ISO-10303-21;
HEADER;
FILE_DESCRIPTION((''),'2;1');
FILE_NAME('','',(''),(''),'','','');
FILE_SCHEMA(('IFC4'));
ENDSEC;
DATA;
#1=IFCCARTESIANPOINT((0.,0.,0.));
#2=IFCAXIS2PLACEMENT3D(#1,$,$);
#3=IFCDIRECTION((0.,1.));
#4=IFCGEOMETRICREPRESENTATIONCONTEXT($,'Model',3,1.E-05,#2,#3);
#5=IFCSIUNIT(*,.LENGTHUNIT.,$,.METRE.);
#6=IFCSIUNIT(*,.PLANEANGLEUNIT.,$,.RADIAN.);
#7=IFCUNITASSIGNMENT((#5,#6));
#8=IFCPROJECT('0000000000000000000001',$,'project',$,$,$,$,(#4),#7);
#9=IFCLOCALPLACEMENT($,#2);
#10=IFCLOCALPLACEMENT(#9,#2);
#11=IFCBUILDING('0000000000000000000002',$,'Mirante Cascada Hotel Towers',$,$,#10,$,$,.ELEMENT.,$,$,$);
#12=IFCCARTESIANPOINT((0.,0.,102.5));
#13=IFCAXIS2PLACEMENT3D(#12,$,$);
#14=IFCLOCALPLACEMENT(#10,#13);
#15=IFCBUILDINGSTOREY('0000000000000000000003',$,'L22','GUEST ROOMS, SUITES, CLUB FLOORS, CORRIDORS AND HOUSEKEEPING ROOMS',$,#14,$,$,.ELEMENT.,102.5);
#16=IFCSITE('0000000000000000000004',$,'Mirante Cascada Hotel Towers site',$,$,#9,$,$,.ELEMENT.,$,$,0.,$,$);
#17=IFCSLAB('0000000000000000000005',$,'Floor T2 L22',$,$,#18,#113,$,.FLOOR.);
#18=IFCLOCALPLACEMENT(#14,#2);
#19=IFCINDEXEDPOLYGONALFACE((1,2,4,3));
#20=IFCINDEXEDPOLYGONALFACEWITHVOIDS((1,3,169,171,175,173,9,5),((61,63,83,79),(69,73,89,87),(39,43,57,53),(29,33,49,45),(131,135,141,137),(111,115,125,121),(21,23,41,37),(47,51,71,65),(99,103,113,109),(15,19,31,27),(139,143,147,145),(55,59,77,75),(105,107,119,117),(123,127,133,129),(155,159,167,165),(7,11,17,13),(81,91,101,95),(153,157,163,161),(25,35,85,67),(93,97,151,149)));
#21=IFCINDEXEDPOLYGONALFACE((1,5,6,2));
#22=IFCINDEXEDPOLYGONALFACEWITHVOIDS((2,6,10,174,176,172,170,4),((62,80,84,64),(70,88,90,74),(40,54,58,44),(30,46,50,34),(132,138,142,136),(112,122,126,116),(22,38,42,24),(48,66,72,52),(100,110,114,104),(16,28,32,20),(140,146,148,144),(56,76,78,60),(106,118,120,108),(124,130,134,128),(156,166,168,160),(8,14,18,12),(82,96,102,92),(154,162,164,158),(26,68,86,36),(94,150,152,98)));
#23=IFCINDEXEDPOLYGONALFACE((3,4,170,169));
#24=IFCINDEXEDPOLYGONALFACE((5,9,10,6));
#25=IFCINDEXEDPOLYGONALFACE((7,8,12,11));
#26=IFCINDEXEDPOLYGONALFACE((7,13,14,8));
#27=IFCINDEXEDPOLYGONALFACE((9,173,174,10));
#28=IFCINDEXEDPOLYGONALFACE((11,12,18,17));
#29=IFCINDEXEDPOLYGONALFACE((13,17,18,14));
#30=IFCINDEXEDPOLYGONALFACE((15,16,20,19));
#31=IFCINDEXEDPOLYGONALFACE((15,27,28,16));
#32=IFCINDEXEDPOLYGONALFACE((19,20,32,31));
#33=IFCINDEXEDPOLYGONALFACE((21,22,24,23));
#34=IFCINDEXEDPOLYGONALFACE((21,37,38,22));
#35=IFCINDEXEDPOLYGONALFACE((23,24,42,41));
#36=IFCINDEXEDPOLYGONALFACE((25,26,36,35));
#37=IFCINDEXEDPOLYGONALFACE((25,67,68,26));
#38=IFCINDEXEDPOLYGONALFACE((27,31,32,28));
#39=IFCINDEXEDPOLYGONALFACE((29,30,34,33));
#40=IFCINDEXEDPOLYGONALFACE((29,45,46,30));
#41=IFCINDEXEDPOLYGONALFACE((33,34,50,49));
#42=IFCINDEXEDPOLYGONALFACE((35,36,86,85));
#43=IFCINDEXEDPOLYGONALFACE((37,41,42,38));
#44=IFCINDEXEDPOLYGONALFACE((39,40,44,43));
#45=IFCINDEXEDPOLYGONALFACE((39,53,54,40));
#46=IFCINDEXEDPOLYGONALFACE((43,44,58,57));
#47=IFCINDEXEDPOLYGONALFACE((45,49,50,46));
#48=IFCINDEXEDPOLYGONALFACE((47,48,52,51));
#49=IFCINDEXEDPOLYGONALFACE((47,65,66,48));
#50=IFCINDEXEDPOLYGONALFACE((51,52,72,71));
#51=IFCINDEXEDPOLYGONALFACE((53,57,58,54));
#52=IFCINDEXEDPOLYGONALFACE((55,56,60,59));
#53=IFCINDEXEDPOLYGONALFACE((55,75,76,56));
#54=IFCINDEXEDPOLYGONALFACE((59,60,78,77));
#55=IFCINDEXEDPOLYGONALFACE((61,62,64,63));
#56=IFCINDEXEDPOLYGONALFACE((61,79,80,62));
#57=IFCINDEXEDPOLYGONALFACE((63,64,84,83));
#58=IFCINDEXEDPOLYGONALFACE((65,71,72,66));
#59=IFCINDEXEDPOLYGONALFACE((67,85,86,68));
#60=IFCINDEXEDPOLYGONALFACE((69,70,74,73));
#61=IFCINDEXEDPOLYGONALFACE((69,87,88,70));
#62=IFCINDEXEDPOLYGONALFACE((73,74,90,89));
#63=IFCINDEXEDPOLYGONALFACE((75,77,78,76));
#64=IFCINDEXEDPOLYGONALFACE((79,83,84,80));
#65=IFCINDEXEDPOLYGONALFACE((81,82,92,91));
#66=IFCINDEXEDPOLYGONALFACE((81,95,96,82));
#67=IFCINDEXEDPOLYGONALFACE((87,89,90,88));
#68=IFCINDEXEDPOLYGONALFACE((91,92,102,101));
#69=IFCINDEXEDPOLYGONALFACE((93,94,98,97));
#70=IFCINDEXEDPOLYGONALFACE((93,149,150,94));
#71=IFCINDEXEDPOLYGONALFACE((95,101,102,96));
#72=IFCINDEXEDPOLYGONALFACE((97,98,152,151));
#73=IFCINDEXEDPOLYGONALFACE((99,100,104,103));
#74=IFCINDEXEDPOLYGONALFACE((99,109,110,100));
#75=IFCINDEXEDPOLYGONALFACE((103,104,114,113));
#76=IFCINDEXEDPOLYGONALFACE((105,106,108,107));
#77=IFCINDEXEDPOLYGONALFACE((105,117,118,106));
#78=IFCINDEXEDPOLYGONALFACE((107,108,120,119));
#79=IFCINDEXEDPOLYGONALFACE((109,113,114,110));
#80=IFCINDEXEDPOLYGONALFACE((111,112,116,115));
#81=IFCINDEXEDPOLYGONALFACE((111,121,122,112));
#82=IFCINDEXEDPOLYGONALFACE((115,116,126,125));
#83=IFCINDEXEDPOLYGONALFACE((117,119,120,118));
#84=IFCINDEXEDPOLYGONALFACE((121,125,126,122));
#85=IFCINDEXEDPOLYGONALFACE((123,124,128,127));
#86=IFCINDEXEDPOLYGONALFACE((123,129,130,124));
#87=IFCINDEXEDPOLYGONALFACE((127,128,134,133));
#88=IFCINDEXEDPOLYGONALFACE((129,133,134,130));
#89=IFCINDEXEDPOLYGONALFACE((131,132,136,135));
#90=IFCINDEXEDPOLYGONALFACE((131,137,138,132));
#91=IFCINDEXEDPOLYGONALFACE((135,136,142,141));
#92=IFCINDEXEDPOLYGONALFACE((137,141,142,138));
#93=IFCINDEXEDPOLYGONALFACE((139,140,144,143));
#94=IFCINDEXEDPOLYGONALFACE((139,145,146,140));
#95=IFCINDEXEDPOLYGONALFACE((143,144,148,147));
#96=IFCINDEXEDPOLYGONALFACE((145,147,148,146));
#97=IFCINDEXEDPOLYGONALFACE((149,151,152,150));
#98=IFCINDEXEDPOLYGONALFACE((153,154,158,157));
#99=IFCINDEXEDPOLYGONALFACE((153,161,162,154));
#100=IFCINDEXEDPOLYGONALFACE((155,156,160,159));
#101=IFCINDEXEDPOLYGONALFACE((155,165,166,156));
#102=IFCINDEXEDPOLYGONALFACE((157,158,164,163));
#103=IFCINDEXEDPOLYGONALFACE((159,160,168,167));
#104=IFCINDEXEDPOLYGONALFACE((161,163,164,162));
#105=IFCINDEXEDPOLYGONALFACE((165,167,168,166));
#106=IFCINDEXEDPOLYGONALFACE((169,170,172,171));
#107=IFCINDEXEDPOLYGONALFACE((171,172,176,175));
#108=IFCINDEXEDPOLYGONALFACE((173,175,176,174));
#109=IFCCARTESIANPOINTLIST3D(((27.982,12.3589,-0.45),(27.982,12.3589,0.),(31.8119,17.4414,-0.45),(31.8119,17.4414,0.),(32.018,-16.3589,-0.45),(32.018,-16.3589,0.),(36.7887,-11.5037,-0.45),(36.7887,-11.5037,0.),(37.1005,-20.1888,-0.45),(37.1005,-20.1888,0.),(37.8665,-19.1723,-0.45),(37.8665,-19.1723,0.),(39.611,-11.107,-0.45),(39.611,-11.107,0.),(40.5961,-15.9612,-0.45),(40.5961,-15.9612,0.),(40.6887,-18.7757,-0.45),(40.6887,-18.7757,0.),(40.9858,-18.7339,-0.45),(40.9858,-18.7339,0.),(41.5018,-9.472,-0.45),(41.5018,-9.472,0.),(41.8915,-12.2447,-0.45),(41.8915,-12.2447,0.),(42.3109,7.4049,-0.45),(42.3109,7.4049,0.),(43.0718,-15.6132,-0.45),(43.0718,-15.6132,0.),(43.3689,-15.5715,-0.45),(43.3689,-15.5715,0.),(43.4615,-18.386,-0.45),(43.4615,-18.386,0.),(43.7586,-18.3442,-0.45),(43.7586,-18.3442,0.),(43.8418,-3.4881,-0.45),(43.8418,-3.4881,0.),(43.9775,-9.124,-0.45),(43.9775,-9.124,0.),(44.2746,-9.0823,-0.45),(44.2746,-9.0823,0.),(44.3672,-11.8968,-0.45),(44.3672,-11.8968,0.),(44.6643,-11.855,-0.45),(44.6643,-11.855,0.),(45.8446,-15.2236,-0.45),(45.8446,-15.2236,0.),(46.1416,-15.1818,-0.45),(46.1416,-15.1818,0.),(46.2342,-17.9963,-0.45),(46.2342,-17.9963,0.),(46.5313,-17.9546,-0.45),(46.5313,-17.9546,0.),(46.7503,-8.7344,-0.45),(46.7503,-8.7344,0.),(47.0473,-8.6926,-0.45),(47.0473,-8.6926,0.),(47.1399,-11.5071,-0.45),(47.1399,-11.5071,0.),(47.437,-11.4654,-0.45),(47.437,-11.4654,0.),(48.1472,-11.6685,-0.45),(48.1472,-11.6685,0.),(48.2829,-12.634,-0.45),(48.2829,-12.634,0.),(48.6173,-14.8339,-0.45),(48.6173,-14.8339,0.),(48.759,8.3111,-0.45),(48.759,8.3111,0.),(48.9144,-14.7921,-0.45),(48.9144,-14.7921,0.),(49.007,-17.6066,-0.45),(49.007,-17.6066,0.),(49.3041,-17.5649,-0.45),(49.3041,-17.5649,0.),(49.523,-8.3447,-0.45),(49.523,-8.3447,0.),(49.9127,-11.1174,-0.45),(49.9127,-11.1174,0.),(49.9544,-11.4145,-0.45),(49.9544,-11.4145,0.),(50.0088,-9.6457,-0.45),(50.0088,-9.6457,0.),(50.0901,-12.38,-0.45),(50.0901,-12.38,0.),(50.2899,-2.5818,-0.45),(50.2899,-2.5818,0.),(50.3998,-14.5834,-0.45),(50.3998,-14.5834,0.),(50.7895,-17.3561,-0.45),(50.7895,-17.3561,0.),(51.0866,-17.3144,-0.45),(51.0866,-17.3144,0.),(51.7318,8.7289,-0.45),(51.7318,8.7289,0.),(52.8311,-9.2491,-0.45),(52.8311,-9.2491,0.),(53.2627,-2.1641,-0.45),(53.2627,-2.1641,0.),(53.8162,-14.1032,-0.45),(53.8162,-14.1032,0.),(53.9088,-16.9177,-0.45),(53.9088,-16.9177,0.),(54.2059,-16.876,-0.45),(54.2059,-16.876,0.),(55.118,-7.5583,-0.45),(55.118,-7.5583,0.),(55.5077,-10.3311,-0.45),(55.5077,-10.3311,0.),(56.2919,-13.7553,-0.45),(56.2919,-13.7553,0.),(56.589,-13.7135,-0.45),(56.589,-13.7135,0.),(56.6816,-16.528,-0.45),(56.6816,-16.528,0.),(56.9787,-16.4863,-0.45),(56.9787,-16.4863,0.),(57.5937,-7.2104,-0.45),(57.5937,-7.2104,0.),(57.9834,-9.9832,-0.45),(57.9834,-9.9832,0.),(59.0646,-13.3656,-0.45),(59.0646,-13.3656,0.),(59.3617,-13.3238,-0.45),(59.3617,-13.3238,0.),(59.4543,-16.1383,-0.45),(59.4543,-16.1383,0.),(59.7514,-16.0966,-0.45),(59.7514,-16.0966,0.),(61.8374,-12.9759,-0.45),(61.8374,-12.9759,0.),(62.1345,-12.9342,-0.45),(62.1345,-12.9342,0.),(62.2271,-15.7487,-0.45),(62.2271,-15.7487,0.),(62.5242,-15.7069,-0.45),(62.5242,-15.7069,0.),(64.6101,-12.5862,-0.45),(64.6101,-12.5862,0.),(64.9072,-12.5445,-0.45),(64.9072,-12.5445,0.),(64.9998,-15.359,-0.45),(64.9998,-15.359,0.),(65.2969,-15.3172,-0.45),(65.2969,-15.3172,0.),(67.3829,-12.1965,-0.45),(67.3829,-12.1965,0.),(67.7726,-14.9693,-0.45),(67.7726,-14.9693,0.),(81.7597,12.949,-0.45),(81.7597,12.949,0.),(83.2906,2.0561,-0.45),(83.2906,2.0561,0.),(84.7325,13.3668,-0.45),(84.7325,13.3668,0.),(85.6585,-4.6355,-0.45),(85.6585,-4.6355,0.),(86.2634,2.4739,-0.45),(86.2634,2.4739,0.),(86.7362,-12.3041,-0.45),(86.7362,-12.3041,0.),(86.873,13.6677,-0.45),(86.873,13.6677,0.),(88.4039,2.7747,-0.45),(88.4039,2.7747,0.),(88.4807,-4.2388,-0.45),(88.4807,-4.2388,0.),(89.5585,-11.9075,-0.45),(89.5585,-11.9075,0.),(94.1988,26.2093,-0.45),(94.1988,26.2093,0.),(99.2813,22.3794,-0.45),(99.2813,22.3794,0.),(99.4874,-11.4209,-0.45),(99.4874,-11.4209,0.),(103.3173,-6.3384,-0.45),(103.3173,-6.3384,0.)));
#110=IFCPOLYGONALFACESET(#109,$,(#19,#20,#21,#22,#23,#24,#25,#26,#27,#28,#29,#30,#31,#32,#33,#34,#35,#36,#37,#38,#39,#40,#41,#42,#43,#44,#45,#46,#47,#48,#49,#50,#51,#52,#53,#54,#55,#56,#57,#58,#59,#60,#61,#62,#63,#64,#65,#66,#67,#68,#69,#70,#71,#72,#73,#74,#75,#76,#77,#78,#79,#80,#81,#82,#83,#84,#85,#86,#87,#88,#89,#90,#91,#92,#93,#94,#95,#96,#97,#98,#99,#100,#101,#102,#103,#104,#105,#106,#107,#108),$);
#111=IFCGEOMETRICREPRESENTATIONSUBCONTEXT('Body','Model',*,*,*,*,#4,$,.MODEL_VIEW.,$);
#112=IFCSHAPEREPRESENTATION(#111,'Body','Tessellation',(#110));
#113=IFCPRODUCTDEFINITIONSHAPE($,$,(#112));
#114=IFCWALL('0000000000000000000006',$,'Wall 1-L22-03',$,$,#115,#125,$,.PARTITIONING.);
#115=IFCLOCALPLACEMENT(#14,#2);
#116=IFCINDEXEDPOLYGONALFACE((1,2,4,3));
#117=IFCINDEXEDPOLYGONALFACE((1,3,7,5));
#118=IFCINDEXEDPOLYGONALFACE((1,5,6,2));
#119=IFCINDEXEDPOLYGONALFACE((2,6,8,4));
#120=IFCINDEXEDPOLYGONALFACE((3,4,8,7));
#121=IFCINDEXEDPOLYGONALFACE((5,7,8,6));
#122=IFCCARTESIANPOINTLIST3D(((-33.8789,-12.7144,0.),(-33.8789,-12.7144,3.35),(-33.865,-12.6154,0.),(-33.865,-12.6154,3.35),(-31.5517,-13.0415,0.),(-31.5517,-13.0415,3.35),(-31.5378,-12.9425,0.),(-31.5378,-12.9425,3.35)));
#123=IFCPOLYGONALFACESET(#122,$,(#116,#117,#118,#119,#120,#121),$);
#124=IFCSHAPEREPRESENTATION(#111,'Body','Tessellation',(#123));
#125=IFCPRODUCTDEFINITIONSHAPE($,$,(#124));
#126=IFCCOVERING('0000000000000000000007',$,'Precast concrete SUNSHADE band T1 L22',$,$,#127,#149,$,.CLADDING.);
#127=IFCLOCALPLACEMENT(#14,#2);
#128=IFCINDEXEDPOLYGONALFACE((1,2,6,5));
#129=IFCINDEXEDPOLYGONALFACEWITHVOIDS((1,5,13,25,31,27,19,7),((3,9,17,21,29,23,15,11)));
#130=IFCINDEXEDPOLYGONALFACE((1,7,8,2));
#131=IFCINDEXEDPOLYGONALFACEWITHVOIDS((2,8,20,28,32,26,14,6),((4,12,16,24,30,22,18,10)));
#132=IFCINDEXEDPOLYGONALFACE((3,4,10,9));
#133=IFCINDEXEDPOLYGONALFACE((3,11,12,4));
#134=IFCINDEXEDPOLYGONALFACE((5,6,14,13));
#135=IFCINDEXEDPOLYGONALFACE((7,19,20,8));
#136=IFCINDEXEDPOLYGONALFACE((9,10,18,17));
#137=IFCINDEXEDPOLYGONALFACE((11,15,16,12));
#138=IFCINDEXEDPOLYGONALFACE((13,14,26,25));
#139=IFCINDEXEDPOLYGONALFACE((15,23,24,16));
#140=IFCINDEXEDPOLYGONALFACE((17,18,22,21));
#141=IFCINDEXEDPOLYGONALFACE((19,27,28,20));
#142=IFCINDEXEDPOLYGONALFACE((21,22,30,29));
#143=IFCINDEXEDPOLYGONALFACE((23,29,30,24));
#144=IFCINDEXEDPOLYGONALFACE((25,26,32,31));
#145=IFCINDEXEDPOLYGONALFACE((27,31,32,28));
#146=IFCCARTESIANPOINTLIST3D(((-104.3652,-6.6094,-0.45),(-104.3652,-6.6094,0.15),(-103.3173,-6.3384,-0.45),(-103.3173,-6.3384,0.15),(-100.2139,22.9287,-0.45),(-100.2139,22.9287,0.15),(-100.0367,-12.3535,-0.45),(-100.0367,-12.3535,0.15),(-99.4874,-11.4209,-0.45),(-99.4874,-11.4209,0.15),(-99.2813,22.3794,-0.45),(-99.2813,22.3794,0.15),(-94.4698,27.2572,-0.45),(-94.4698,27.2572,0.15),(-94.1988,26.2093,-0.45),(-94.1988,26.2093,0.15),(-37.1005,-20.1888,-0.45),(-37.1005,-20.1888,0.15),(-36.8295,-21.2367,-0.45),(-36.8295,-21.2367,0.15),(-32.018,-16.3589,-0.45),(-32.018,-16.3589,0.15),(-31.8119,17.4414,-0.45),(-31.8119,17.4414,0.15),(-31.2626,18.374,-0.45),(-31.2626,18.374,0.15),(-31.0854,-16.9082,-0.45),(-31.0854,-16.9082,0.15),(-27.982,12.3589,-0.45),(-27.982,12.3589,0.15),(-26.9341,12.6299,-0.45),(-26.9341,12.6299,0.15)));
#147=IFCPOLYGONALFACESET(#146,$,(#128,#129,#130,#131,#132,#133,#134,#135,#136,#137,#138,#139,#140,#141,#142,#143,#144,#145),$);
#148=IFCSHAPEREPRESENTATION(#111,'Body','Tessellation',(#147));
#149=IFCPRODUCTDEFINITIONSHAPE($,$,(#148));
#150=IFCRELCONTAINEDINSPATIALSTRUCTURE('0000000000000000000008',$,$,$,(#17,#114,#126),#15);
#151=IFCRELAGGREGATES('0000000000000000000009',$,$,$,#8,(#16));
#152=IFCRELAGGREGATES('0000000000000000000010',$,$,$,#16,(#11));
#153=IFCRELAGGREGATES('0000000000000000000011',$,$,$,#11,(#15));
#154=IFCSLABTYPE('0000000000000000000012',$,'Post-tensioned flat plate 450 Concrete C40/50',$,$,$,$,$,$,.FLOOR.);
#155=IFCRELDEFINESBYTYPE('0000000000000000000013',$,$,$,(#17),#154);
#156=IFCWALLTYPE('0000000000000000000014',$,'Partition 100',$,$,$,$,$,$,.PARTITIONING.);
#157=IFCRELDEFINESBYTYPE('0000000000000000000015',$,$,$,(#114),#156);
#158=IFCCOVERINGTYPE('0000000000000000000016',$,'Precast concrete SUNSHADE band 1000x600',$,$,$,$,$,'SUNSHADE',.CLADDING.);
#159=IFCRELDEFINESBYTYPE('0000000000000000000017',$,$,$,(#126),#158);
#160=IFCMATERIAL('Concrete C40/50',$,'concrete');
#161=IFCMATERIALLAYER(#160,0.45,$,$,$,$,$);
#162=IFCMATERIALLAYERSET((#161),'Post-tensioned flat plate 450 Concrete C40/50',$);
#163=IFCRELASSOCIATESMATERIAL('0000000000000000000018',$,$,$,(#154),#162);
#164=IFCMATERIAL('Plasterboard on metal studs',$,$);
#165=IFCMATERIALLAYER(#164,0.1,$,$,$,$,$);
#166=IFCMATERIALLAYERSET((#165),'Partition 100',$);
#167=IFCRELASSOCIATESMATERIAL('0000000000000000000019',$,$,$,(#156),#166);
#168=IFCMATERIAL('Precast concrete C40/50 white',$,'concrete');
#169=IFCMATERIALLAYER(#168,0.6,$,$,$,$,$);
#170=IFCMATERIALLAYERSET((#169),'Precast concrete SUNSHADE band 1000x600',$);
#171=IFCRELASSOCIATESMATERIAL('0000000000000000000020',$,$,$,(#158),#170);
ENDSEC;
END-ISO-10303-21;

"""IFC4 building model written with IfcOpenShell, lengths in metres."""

from ifc_helpers import new_model, si_unit, direction, frame, frame_2d, origin, place, context, subcontext, project, spatial, polyline, rectangle, outline, extrude, material, layer, layer_set, type_object, element, save


model = new_model("IFC4")

# Units and contexts
model_context = context("Model", 3, precision=1e-05, world=origin(), true_north=direction((0.0, 1.0)))
body_context = subcontext(model_context, "Body", "Model", "MODEL_VIEW")
ifc_project = project(units=[si_unit("LENGTHUNIT", "METRE"), si_unit("PLANEANGLEUNIT", "RADIAN")], contexts=[model_context])

# Site, building, storey
site_placement = place(None, origin())
site = spatial("IfcSite", under=ifc_project, at=site_placement, Name="Mirante Cascada Hotel Towers site", CompositionType="ELEMENT", RefElevation=0.0)
building_placement = place(site_placement, origin())
building = spatial("IfcBuilding", under=site, at=building_placement, Name="Mirante Cascada Hotel Towers", CompositionType="ELEMENT")
storey_placement = place(building_placement, frame((0.0, 0.0, 102.5)))
storey = spatial("IfcBuildingStorey", under=building, at=storey_placement, Name="L22", Description="GUEST ROOMS, SUITES, CLUB FLOORS, CORRIDORS AND HOUSEKEEPING ROOMS", CompositionType="ELEMENT", Elevation=102.5)

# Slab
ifc_material_1 = material(Name="Concrete C40/50", Category="concrete")
ifc_layer_1 = layer(ifc_material_1, 0.45)
ifc_layer_set_1 = layer_set([ifc_layer_1], Name="Post-tensioned flat plate 450 Concrete C40/50")
slab_type = type_object("IfcSlabType", Name="Post-tensioned flat plate 450 Concrete C40/50", PredefinedType="FLOOR", material=ifc_layer_set_1)
slab_1_placement = place(storey_placement, frame((0.0, 0.0, -0.45)))
element("IfcSlab", 1, at=slab_1_placement, inside=storey, type_object=slab_type, Name="Floor T2 L22", PredefinedType="FLOOR", context=body_context, shape_type="SweptSolid", body=[
    extrude(outline(polyline([(32.018, -16.3589), (27.982, 12.3589), (31.8119, 17.4414), (94.1988, 26.2093), (99.2813, 22.3794), (103.3173, -6.3384), (99.4874, -11.4209), (37.1005, -20.1888), (32.018, -16.3589)]), holes=[polyline([(43.0718, -15.6132), (40.5961, -15.9612), (40.9858, -18.7339), (43.4615, -18.386), (43.0718, -15.6132)]), polyline([(45.8446, -15.2236), (43.3689, -15.5715), (43.7586, -18.3442), (46.2342, -17.9963), (45.8446, -15.2236)]), polyline([(48.6173, -14.8339), (46.1416, -15.1818), (46.5313, -17.9546), (49.007, -17.6066), (48.6173, -14.8339)]), polyline([(50.3998, -14.5834), (48.9144, -14.7921), (49.3041, -17.5649), (50.7895, -17.3561), (50.3998, -14.5834)]), polyline([(37.8665, -19.1723), (40.6887, -18.7757), (39.611, -11.107), (36.7887, -11.5037), (37.8665, -19.1723)]), polyline([(49.9544, -11.4145), (48.1472, -11.6685), (48.2829, -12.634), (50.0901, -12.38), (49.9544, -11.4145)]), polyline([(43.9775, -9.124), (41.5018, -9.472), (41.8915, -12.2447), (44.3672, -11.8968), (43.9775, -9.124)]), polyline([(47.1399, -11.5071), (46.7503, -8.7344), (44.2746, -9.0823), (44.6643, -11.855), (47.1399, -11.5071)]), polyline([(49.9127, -11.1174), (49.523, -8.3447), (47.0473, -8.6926), (47.437, -11.4654), (49.9127, -11.1174)]), polyline([(56.2919, -13.7553), (53.8162, -14.1032), (54.2059, -16.876), (56.6816, -16.528), (56.2919, -13.7553)]), polyline([(59.0646, -13.3656), (56.589, -13.7135), (56.9787, -16.4863), (59.4543, -16.1383), (59.0646, -13.3656)]), polyline([(61.8374, -12.9759), (59.3617, -13.3238), (59.7514, -16.0966), (62.2271, -15.7487), (61.8374, -12.9759)]), polyline([(64.6101, -12.5862), (62.1345, -12.9342), (62.5242, -15.7069), (64.9998, -15.359), (64.6101, -12.5862)]), polyline([(67.3829, -12.1965), (64.9072, -12.5445), (65.2969, -15.3172), (67.7726, -14.9693), (67.3829, -12.1965)]), polyline([(51.0866, -17.3144), (53.9088, -16.9177), (52.8311, -9.2491), (50.0088, -9.6457), (51.0866, -17.3144)]), polyline([(86.7362, -12.3041), (89.5585, -11.9075), (88.4807, -4.2388), (85.6585, -4.6355), (86.7362, -12.3041)]), polyline([(57.9834, -9.9832), (57.5937, -7.2104), (55.118, -7.5583), (55.5077, -10.3311), (57.9834, -9.9832)]), polyline([(86.873, 13.6677), (88.4039, 2.7747), (86.2634, 2.4739), (86.2634, 2.4739), (84.7325, 13.3668), (84.7325, 13.3668), (86.873, 13.6677)]), polyline([(81.7597, 12.949), (81.7597, 12.949), (83.2906, 2.0561), (83.2906, 2.0561), (53.2627, -2.1641), (53.2627, -2.1641), (51.7318, 8.7289), (81.7597, 12.949)]), polyline([(43.8418, -3.4881), (42.3109, 7.4049), (48.759, 8.3111), (50.2899, -2.5818), (50.2899, -2.5818), (43.8418, -3.4881)])]), origin(), (0.0, 0.0, 1.0), 0.45),
])

# Wall
ifc_material_2 = material(Name="Plasterboard on metal studs")
ifc_layer_2 = layer(ifc_material_2, 0.1)
ifc_layer_set_2 = layer_set([ifc_layer_2], Name="Partition 100")
wall_type = type_object("IfcWallType", Name="Partition 100", PredefinedType="PARTITIONING", material=ifc_layer_set_2)
wall_placement = place(storey_placement, frame((-31.5448, -12.992, 0.0), z_axis=(0.0, 0.0, 1.0), x_axis=(-0.990266, 0.139187, 0.0)))
element("IfcWall", 2, at=wall_placement, inside=storey, type_object=wall_type, Name="Wall 1-L22-03", PredefinedType="PARTITIONING", context=body_context, shape_type="SweptSolid", body=[
    extrude(rectangle(XDim=2.3501, YDim=0.1, at=frame_2d((1.175, 0.0))), origin(), (0.0, 0.0, 1.0), 3.35),
])

# Covering
ifc_material_3 = material(Name="Precast concrete C40/50 white", Category="concrete")
ifc_layer_3 = layer(ifc_material_3, 0.6)
ifc_layer_set_3 = layer_set([ifc_layer_3], Name="Precast concrete SUNSHADE band 1000x600")
covering_type = type_object("IfcCoveringType", Name="Precast concrete SUNSHADE band 1000x600", ElementType="SUNSHADE", PredefinedType="CLADDING", material=ifc_layer_set_3)
covering_placement = place(storey_placement, frame((0.0, 0.0, -0.45)))
element("IfcCovering", 3, at=covering_placement, inside=storey, type_object=covering_type, Name="Precast concrete SUNSHADE band T1 L22", PredefinedType="CLADDING", context=body_context, shape_type="SweptSolid", body=[
    extrude(outline(polyline([(-104.3652, -6.6094), (-100.2139, 22.9287), (-94.4698, 27.2572), (-31.2626, 18.374), (-26.9341, 12.6299), (-31.0854, -16.9082), (-36.8295, -21.2367), (-100.0367, -12.3535), (-104.3652, -6.6094)]), holes=[polyline([(-27.982, 12.3589), (-31.8119, 17.4414), (-94.1988, 26.2093), (-99.2813, 22.3794), (-103.3173, -6.3384), (-99.4874, -11.4209), (-37.1005, -20.1888), (-32.018, -16.3589), (-27.982, 12.3589)])]), origin(), (0.0, 0.0, 1.0), 0.6),
])

save(model, "model.ifc")
